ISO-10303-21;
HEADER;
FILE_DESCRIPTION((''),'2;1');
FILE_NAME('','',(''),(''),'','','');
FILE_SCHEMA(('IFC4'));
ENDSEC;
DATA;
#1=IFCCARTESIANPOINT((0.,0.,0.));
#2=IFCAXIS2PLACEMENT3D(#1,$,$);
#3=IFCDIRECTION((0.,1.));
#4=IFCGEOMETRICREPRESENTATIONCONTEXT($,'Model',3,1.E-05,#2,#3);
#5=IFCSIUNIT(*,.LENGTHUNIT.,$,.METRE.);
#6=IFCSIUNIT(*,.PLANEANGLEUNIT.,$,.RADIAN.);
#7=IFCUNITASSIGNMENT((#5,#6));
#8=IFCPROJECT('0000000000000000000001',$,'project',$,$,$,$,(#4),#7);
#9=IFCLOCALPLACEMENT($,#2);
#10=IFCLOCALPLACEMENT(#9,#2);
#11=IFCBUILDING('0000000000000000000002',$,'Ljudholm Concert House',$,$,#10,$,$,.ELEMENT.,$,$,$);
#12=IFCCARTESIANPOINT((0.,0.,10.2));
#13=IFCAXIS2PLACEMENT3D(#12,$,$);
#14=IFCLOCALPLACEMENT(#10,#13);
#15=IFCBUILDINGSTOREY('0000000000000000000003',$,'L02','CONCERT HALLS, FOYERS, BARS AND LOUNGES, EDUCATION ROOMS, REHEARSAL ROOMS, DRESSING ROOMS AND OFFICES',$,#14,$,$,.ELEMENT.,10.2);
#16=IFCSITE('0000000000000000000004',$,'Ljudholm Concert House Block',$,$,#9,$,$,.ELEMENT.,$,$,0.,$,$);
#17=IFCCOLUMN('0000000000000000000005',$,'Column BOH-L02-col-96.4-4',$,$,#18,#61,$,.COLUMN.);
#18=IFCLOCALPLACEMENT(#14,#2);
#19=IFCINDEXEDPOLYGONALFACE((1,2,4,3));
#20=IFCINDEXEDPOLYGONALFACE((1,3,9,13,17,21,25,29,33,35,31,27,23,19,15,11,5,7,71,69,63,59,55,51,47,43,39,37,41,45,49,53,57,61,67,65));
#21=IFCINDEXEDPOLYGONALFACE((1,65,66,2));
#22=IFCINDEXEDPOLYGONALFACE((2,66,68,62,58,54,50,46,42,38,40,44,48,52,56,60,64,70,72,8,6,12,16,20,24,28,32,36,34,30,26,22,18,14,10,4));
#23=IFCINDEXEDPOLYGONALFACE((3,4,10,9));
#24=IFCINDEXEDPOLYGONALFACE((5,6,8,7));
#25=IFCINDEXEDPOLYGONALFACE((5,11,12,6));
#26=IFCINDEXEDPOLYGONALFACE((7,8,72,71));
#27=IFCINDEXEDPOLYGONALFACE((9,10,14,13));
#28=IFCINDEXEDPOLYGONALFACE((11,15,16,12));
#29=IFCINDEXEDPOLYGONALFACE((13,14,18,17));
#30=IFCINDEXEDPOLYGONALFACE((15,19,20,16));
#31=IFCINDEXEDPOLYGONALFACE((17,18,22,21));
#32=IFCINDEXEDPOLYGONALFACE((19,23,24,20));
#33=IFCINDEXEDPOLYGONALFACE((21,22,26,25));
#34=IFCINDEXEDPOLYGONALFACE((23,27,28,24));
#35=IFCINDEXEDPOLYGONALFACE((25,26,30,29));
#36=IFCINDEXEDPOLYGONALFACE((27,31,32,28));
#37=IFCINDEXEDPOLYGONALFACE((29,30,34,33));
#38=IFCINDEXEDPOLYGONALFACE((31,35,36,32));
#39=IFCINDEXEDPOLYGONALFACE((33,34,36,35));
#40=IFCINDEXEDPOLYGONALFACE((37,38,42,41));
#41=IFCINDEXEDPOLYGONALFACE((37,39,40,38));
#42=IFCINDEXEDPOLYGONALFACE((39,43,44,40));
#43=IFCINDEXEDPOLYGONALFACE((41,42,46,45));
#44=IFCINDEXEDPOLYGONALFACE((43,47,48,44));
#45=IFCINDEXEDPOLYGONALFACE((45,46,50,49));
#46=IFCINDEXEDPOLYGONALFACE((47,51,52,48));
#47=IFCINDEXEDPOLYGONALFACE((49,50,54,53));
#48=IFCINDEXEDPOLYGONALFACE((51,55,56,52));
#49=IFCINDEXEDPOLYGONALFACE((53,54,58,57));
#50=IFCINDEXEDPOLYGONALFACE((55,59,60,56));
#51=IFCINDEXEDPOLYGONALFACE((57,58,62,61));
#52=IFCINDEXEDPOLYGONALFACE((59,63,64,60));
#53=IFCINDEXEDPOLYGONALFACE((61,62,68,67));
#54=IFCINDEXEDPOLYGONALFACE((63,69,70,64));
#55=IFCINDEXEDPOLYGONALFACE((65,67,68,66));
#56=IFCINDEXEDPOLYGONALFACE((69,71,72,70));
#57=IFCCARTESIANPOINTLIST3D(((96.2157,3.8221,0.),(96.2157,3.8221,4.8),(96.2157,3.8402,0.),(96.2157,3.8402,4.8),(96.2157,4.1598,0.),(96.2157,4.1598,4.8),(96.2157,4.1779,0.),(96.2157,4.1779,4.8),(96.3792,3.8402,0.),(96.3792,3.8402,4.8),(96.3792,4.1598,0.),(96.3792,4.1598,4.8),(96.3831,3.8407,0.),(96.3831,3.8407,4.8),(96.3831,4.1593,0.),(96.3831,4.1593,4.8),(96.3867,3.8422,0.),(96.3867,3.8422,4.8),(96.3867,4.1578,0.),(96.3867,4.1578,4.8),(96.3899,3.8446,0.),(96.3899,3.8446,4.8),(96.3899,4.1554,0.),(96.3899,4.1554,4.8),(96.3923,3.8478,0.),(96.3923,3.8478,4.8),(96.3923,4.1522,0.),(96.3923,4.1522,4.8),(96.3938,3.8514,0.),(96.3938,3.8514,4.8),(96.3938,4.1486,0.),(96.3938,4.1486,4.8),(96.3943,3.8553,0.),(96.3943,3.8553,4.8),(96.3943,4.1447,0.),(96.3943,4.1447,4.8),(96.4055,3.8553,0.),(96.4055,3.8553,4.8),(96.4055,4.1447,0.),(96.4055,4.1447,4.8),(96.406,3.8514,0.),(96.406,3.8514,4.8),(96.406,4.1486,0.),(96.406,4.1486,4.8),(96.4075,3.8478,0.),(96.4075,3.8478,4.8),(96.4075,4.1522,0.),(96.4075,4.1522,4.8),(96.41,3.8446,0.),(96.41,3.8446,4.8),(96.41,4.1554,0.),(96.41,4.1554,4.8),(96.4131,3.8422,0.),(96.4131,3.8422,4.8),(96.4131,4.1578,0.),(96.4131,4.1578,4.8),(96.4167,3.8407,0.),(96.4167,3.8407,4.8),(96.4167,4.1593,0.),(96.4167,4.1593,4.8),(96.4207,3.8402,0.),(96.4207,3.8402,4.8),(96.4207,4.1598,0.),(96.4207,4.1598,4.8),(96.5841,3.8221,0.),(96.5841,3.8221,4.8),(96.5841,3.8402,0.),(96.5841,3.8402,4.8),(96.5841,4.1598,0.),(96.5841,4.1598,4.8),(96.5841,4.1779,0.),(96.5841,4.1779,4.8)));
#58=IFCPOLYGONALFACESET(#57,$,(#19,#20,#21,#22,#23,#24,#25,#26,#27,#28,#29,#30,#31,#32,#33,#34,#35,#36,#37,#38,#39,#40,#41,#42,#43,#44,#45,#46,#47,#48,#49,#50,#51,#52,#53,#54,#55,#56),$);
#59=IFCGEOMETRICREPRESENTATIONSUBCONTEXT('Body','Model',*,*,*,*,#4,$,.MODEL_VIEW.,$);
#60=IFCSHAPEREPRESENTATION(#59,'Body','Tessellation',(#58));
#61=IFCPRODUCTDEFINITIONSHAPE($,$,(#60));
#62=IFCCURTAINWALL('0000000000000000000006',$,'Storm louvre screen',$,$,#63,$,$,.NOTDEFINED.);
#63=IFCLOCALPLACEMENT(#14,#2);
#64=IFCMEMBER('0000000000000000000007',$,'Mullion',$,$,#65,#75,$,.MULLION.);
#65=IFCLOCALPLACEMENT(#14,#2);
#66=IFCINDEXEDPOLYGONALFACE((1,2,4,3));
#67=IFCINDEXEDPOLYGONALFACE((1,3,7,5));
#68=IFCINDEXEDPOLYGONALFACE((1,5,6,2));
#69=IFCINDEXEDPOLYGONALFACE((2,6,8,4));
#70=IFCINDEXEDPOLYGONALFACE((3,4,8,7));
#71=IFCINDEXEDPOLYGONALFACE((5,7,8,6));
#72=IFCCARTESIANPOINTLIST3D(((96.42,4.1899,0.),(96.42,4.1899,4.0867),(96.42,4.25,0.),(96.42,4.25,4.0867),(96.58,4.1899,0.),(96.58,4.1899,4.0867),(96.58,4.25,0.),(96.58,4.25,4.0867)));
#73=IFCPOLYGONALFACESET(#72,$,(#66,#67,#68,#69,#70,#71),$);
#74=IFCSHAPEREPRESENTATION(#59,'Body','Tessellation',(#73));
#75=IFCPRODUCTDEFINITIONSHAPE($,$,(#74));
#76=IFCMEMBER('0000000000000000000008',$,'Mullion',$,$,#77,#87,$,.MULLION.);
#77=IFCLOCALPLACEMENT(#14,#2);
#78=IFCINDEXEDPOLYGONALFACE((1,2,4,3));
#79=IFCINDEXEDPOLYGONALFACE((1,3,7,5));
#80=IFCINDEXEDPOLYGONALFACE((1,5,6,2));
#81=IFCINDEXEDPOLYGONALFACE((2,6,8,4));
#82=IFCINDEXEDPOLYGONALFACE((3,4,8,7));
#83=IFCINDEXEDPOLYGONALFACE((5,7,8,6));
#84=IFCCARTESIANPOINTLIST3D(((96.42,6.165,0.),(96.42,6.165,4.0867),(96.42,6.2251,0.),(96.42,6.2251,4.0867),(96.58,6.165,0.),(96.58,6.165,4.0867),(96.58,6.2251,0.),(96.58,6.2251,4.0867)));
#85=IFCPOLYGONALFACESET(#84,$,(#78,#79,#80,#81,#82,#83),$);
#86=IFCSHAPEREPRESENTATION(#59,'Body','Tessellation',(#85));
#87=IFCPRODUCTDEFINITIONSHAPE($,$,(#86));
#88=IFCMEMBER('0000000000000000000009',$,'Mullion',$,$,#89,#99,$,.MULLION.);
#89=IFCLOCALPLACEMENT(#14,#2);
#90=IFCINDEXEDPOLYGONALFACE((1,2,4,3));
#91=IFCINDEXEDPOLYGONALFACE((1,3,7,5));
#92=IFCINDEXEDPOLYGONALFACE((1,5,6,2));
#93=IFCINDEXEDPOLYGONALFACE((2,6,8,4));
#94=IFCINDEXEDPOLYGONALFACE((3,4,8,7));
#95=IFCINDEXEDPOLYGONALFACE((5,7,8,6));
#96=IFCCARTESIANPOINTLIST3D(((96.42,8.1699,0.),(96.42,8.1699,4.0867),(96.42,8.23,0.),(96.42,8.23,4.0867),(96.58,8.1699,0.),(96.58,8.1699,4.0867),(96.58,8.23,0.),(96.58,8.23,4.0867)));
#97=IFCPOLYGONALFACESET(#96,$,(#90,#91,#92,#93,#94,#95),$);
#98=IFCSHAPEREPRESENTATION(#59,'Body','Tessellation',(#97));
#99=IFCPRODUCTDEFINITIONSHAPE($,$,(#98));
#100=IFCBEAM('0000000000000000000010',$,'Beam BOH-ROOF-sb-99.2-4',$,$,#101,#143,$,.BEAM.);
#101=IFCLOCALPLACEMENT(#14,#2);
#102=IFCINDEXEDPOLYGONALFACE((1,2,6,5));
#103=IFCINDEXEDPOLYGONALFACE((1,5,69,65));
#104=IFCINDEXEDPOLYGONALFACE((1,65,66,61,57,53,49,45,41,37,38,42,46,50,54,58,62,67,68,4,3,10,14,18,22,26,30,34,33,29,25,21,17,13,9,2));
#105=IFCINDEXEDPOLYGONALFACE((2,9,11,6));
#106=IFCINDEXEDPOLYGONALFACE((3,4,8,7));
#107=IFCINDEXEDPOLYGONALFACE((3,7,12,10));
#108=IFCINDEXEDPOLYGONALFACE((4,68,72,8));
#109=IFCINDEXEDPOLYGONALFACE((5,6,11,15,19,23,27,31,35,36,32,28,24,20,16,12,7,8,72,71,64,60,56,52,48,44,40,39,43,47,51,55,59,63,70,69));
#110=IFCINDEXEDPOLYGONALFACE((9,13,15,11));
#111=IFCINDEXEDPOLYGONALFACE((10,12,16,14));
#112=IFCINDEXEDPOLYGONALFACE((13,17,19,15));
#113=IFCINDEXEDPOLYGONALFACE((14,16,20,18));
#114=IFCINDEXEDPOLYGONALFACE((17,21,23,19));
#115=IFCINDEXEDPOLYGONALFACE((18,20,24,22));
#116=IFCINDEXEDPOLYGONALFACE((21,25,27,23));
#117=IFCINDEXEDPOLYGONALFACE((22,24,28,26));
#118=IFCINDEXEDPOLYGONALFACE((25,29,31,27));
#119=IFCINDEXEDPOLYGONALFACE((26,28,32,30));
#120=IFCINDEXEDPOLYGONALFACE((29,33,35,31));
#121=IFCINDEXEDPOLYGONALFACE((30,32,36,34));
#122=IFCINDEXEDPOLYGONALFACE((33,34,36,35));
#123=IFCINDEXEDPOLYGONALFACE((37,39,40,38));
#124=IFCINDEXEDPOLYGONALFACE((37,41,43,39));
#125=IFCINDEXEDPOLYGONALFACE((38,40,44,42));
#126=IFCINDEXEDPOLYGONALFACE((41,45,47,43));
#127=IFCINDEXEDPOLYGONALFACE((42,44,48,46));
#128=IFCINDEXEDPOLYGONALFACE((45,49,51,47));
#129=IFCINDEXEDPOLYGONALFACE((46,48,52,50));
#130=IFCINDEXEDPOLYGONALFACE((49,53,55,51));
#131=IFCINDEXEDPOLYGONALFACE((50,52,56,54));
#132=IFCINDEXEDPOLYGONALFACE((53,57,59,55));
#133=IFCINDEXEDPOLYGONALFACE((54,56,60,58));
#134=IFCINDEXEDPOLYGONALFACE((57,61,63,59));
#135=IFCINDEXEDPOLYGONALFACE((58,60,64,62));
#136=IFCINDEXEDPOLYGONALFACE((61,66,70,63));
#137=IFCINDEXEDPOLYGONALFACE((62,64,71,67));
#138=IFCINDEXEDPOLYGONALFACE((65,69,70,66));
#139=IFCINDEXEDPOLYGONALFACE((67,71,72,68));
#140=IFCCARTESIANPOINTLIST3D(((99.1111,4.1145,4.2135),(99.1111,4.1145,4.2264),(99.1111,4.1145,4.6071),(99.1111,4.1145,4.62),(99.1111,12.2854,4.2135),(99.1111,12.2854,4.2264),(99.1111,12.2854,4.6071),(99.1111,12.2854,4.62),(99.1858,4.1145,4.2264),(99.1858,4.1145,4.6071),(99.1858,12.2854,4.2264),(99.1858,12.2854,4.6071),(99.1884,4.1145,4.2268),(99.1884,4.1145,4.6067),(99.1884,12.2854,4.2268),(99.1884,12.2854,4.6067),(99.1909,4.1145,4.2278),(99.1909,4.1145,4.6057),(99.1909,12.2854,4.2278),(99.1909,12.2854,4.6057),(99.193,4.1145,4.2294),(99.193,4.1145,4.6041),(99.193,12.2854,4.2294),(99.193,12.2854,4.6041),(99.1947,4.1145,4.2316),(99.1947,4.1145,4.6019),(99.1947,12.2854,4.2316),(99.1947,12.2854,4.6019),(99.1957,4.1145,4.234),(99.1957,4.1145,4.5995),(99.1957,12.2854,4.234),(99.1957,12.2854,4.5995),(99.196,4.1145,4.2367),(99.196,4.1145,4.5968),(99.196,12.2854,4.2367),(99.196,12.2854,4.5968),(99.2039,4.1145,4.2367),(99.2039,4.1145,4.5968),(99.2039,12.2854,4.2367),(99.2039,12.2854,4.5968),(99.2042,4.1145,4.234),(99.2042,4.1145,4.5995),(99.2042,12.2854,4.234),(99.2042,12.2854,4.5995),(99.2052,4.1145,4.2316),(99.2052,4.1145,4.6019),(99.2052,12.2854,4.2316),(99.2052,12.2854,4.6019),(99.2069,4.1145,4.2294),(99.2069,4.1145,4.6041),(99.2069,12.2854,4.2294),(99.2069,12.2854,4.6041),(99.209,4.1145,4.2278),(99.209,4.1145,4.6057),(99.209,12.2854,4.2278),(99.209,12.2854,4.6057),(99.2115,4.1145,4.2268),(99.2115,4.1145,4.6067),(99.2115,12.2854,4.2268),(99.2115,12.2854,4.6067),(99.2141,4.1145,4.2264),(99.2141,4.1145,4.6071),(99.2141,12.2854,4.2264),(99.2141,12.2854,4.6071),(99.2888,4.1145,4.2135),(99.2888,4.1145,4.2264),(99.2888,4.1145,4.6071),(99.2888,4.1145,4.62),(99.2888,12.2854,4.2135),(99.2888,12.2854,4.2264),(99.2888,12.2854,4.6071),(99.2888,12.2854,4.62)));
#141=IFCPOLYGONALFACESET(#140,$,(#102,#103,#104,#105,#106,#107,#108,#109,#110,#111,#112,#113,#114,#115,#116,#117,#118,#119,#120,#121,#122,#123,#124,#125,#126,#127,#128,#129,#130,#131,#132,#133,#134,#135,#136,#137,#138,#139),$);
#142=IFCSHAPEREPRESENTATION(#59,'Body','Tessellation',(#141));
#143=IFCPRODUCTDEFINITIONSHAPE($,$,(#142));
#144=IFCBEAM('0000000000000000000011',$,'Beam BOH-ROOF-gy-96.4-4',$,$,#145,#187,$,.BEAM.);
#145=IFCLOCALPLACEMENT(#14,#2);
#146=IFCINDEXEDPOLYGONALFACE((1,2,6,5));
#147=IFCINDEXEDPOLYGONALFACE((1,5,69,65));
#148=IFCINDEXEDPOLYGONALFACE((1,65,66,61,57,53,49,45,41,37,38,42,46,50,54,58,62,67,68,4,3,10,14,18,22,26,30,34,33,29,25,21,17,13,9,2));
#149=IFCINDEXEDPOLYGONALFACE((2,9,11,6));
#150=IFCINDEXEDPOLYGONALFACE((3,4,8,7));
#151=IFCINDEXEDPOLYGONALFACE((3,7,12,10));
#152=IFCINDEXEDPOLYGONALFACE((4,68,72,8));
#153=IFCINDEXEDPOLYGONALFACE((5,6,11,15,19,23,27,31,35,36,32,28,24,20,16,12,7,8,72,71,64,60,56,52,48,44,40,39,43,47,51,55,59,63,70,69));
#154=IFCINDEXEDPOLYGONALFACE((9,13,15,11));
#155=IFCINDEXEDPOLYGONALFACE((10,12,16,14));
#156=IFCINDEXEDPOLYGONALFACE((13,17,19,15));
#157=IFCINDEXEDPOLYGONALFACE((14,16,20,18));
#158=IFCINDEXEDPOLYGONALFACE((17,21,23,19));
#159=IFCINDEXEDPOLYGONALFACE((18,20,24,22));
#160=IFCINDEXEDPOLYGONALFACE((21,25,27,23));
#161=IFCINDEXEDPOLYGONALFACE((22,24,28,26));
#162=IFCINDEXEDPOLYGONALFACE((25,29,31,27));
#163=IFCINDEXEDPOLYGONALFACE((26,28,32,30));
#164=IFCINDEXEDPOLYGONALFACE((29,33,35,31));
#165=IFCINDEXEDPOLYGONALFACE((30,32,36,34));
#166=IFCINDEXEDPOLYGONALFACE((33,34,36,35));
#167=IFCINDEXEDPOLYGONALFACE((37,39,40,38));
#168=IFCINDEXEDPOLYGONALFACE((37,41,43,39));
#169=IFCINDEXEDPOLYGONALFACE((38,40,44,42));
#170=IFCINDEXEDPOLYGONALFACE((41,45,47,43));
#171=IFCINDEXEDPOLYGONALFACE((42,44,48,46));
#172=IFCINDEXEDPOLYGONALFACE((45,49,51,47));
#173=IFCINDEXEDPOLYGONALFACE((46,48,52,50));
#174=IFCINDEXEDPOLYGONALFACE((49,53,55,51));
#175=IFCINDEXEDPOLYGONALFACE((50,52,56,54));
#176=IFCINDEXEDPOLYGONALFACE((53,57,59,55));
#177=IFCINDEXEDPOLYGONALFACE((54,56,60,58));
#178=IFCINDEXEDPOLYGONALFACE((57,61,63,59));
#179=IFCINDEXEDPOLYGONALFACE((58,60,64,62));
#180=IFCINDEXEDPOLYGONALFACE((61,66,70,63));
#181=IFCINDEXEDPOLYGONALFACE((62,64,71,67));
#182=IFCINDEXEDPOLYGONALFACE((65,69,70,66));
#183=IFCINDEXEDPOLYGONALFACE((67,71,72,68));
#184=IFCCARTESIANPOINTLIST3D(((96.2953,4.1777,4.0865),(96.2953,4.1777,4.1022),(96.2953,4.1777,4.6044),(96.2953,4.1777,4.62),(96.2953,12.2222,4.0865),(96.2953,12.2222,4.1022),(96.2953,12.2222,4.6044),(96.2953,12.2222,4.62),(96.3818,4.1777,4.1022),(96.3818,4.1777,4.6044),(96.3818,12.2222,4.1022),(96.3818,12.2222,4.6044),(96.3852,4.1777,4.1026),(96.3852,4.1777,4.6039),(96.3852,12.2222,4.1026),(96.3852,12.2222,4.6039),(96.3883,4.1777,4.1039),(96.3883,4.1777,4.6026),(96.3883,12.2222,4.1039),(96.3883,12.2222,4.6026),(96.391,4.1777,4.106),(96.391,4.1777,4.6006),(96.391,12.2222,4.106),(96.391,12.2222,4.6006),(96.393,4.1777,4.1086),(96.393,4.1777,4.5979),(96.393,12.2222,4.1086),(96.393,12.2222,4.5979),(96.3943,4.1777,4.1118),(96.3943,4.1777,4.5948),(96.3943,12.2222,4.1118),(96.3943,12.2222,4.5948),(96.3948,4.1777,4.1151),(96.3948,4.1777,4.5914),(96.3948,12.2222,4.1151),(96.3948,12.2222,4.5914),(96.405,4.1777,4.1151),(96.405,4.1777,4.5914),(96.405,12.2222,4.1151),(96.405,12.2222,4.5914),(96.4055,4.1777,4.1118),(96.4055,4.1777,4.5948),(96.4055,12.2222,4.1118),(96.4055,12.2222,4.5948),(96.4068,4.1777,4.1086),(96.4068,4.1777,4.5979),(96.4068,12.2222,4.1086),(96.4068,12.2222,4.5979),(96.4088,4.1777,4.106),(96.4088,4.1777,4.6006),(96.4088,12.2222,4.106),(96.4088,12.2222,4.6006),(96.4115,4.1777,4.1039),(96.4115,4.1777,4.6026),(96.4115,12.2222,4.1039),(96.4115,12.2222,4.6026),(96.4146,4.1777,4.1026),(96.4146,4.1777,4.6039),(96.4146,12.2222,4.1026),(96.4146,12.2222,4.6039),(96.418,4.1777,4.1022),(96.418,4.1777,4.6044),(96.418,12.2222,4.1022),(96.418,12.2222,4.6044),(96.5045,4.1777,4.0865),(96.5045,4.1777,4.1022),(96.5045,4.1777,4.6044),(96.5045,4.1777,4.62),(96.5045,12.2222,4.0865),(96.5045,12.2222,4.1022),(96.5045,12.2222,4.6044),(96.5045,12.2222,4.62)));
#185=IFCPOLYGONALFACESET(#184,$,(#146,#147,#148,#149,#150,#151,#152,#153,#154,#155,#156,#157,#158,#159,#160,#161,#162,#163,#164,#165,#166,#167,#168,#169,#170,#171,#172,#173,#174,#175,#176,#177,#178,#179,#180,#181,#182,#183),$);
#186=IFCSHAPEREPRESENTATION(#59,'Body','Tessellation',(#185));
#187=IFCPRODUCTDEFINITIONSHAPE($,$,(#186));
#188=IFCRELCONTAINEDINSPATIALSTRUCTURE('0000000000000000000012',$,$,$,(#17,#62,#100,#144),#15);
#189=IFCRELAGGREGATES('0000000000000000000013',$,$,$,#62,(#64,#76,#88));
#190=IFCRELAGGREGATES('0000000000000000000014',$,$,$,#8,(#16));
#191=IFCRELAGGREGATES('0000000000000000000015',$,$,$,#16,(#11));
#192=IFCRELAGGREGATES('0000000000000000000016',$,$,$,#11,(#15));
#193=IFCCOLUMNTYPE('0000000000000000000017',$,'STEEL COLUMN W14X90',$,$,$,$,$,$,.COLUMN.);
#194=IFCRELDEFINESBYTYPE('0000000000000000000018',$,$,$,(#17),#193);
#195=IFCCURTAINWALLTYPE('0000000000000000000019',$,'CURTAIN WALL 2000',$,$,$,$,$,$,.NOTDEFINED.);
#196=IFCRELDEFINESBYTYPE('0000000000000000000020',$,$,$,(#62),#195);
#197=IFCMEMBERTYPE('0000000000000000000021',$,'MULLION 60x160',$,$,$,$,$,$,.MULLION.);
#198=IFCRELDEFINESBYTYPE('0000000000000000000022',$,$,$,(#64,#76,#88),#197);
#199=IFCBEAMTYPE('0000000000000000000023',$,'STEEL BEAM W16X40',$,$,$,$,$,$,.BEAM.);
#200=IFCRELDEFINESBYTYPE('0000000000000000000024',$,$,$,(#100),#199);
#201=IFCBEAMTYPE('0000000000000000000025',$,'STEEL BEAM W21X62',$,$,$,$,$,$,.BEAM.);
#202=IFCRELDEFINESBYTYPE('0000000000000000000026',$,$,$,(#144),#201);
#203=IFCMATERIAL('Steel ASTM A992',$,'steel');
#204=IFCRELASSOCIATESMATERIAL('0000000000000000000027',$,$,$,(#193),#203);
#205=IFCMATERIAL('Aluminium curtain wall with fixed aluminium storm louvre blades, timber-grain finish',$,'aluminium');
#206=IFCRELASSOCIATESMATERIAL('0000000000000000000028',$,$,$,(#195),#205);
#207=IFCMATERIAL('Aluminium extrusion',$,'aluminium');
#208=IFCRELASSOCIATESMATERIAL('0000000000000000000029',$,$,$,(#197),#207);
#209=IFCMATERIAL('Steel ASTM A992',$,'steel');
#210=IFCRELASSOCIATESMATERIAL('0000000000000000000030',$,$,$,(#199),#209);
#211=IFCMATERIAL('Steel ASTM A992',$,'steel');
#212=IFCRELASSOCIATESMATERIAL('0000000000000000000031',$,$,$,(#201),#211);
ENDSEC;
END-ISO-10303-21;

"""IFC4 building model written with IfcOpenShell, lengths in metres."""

from ifc_helpers import new_model, si_unit, direction, frame, origin, origin_2d, place, context, subcontext, project, spatial, rectangle, i_section, extrude, material, material_profile, profile_set, type_object, element, aggregate, save


model = new_model("IFC4")

# Units and contexts
model_context = context("Model", 3, precision=1e-05, world=origin(), true_north=direction((0.0, 1.0)))
body_context = subcontext(model_context, "Body", "Model", "MODEL_VIEW")
ifc_project = project(units=[si_unit("LENGTHUNIT", "METRE"), si_unit("PLANEANGLEUNIT", "RADIAN")], contexts=[model_context])

# Site, building, storey
site_placement = place(None, origin())
site = spatial("IfcSite", under=ifc_project, at=site_placement, Name="Ljudholm Concert House Block", CompositionType="ELEMENT", RefElevation=0.0)
building_placement = place(site_placement, origin())
building = spatial("IfcBuilding", under=site, at=building_placement, Name="Ljudholm Concert House", CompositionType="ELEMENT")
storey_placement = place(building_placement, frame((0.0, 0.0, 10.2)))
storey = spatial("IfcBuildingStorey", under=building, at=storey_placement, Name="L02", Description="CONCERT HALLS, FOYERS, BARS AND LOUNGES, EDUCATION ROOMS, REHEARSAL ROOMS, DRESSING ROOMS AND OFFICES", CompositionType="ELEMENT", Elevation=10.2)

# Column
ifc_material_1 = material(Name="Steel ASTM A992", Category="steel")
ifc_material_profile_1 = material_profile(ifc_material_1, i_section(OverallWidth=0.3684, OverallDepth=0.3557, WebThickness=0.0112, FlangeThickness=0.0181, FilletRadius=0.0151, at=origin_2d()), Name="W14X90")
ifc_profile_set_1 = profile_set([ifc_material_profile_1], Name="Steel ASTM A992")
column_type = type_object("IfcColumnType", Name="STEEL COLUMN W14X90", PredefinedType="COLUMN", material=ifc_profile_set_1)
column_placement = place(storey_placement, frame((96.3999, 4.0, 0.0), z_axis=(0.0, 0.0, 1.0), x_axis=(1.0, 0.0, 0.0)))
element("IfcColumn", 1, at=column_placement, inside=storey, type_object=column_type, Name="Column BOH-L02-col-96.4-4", PredefinedType="COLUMN", context=body_context, shape_type="SweptSolid", body=[
    extrude(i_section(OverallWidth=0.3684, OverallDepth=0.3557, WebThickness=0.0112, FlangeThickness=0.0181, FilletRadius=0.0151, at=origin_2d()), origin(), (0.0, 0.0, 1.0), 4.8),
])

# Curtain wall, members
ifc_material_2 = material(Name="Aluminium curtain wall with fixed aluminium storm louvre blades, timber-grain finish", Category="aluminium")
curtain_wall_type = type_object("IfcCurtainWallType", Name="CURTAIN WALL 2000", PredefinedType="NOTDEFINED", material=ifc_material_2)
curtain_wall_placement = place(storey_placement, origin())
curtain_wall = element("IfcCurtainWall", 2, at=curtain_wall_placement, inside=storey, type_object=curtain_wall_type, Name="Storm louvre screen", PredefinedType="NOTDEFINED")
ifc_material_3 = material(Name="Aluminium extrusion", Category="aluminium")
ifc_material_profile_2 = material_profile(ifc_material_3, rectangle(XDim=0.1599, YDim=0.0601, at=origin_2d()), Name="MULLION 60x160")
ifc_profile_set_2 = profile_set([ifc_material_profile_2], Name="Aluminium extrusion")
member_type_1 = type_object("IfcMemberType", Name="MULLION 60x160", PredefinedType="MULLION", material=ifc_profile_set_2)
member_1_placement = place(storey_placement, frame((96.5, 4.22, 0.0), z_axis=(0.0, 0.0, 1.0), x_axis=(-1.0, 0.0, 0.0)))
member_1 = element("IfcMember", 3, at=member_1_placement, type_object=member_type_1, Name="Mullion", PredefinedType="MULLION", context=body_context, shape_type="SweptSolid", body=[
    extrude(rectangle(XDim=0.1599, YDim=0.0601, at=origin_2d()), origin(), (0.0, 0.0, 1.0), 4.0867),
])
member_2_placement = place(storey_placement, frame((96.5, 6.1951, 0.0), z_axis=(0.0, 0.0, 1.0), x_axis=(-1.0, 0.0, 0.0)))
member_2 = element("IfcMember", 4, at=member_2_placement, type_object=member_type_1, Name="Mullion", PredefinedType="MULLION", context=body_context, shape_type="SweptSolid", body=[
    extrude(rectangle(XDim=0.1599, YDim=0.0601, at=origin_2d()), origin(), (0.0, 0.0, 1.0), 4.0867),
])
member_3_placement = place(storey_placement, frame((96.5, 8.2, 0.0), z_axis=(0.0, 0.0, 1.0), x_axis=(-1.0, 0.0, 0.0)))
member_3 = element("IfcMember", 5, at=member_3_placement, type_object=member_type_1, Name="Mullion", PredefinedType="MULLION", context=body_context, shape_type="SweptSolid", body=[
    extrude(rectangle(XDim=0.1599, YDim=0.0601, at=origin_2d()), origin(), (0.0, 0.0, 1.0), 4.0867),
])

# Beams
ifc_material_4 = material(Name="Steel ASTM A992", Category="steel")
ifc_material_profile_3 = material_profile(ifc_material_4, i_section(OverallWidth=0.1777, OverallDepth=0.4065, WebThickness=0.0078, FlangeThickness=0.0129, FilletRadius=0.0103, at=origin_2d()), Name="W16X40")
ifc_profile_set_3 = profile_set([ifc_material_profile_3], Name="Steel ASTM A992")
beam_type_1 = type_object("IfcBeamType", Name="STEEL BEAM W16X40", PredefinedType="BEAM", material=ifc_profile_set_3)
beam_1_placement = place(storey_placement, frame((99.2, 4.1145, 4.4167), z_axis=(0.0, 1.0, 0.0), x_axis=(-1.0, 0.0, 0.0)))
element("IfcBeam", 6, at=beam_1_placement, inside=storey, type_object=beam_type_1, Name="Beam BOH-ROOF-sb-99.2-4", PredefinedType="BEAM", context=body_context, shape_type="SweptSolid", body=[
    extrude(i_section(OverallWidth=0.1777, OverallDepth=0.4065, WebThickness=0.0078, FlangeThickness=0.0129, FilletRadius=0.0103, at=origin_2d()), origin(), (0.0, 0.0, 1.0), 8.1709),
])
ifc_material_5 = material(Name="Steel ASTM A992", Category="steel")
ifc_material_profile_4 = material_profile(ifc_material_5, i_section(OverallWidth=0.2092, OverallDepth=0.5334, WebThickness=0.0103, FlangeThickness=0.0156, FilletRadius=0.0129, at=origin_2d()), Name="W21X62")
ifc_profile_set_4 = profile_set([ifc_material_profile_4], Name="Steel ASTM A992")
beam_type_2 = type_object("IfcBeamType", Name="STEEL BEAM W21X62", PredefinedType="BEAM", material=ifc_profile_set_4)
beam_2_placement = place(storey_placement, frame((96.3999, 4.1777, 4.3533), z_axis=(0.0, 1.0, 0.0), x_axis=(-1.0, 0.0, 0.0)))
element("IfcBeam", 7, at=beam_2_placement, inside=storey, type_object=beam_type_2, Name="Beam BOH-ROOF-gy-96.4-4", PredefinedType="BEAM", context=body_context, shape_type="SweptSolid", body=[
    extrude(i_section(OverallWidth=0.2092, OverallDepth=0.5334, WebThickness=0.0103, FlangeThickness=0.0156, FilletRadius=0.0129, at=origin_2d()), origin(), (0.0, 0.0, 1.0), 8.0444),
])

aggregate(curtain_wall, [member_1, member_2, member_3])

save(model, "model.ifc")
